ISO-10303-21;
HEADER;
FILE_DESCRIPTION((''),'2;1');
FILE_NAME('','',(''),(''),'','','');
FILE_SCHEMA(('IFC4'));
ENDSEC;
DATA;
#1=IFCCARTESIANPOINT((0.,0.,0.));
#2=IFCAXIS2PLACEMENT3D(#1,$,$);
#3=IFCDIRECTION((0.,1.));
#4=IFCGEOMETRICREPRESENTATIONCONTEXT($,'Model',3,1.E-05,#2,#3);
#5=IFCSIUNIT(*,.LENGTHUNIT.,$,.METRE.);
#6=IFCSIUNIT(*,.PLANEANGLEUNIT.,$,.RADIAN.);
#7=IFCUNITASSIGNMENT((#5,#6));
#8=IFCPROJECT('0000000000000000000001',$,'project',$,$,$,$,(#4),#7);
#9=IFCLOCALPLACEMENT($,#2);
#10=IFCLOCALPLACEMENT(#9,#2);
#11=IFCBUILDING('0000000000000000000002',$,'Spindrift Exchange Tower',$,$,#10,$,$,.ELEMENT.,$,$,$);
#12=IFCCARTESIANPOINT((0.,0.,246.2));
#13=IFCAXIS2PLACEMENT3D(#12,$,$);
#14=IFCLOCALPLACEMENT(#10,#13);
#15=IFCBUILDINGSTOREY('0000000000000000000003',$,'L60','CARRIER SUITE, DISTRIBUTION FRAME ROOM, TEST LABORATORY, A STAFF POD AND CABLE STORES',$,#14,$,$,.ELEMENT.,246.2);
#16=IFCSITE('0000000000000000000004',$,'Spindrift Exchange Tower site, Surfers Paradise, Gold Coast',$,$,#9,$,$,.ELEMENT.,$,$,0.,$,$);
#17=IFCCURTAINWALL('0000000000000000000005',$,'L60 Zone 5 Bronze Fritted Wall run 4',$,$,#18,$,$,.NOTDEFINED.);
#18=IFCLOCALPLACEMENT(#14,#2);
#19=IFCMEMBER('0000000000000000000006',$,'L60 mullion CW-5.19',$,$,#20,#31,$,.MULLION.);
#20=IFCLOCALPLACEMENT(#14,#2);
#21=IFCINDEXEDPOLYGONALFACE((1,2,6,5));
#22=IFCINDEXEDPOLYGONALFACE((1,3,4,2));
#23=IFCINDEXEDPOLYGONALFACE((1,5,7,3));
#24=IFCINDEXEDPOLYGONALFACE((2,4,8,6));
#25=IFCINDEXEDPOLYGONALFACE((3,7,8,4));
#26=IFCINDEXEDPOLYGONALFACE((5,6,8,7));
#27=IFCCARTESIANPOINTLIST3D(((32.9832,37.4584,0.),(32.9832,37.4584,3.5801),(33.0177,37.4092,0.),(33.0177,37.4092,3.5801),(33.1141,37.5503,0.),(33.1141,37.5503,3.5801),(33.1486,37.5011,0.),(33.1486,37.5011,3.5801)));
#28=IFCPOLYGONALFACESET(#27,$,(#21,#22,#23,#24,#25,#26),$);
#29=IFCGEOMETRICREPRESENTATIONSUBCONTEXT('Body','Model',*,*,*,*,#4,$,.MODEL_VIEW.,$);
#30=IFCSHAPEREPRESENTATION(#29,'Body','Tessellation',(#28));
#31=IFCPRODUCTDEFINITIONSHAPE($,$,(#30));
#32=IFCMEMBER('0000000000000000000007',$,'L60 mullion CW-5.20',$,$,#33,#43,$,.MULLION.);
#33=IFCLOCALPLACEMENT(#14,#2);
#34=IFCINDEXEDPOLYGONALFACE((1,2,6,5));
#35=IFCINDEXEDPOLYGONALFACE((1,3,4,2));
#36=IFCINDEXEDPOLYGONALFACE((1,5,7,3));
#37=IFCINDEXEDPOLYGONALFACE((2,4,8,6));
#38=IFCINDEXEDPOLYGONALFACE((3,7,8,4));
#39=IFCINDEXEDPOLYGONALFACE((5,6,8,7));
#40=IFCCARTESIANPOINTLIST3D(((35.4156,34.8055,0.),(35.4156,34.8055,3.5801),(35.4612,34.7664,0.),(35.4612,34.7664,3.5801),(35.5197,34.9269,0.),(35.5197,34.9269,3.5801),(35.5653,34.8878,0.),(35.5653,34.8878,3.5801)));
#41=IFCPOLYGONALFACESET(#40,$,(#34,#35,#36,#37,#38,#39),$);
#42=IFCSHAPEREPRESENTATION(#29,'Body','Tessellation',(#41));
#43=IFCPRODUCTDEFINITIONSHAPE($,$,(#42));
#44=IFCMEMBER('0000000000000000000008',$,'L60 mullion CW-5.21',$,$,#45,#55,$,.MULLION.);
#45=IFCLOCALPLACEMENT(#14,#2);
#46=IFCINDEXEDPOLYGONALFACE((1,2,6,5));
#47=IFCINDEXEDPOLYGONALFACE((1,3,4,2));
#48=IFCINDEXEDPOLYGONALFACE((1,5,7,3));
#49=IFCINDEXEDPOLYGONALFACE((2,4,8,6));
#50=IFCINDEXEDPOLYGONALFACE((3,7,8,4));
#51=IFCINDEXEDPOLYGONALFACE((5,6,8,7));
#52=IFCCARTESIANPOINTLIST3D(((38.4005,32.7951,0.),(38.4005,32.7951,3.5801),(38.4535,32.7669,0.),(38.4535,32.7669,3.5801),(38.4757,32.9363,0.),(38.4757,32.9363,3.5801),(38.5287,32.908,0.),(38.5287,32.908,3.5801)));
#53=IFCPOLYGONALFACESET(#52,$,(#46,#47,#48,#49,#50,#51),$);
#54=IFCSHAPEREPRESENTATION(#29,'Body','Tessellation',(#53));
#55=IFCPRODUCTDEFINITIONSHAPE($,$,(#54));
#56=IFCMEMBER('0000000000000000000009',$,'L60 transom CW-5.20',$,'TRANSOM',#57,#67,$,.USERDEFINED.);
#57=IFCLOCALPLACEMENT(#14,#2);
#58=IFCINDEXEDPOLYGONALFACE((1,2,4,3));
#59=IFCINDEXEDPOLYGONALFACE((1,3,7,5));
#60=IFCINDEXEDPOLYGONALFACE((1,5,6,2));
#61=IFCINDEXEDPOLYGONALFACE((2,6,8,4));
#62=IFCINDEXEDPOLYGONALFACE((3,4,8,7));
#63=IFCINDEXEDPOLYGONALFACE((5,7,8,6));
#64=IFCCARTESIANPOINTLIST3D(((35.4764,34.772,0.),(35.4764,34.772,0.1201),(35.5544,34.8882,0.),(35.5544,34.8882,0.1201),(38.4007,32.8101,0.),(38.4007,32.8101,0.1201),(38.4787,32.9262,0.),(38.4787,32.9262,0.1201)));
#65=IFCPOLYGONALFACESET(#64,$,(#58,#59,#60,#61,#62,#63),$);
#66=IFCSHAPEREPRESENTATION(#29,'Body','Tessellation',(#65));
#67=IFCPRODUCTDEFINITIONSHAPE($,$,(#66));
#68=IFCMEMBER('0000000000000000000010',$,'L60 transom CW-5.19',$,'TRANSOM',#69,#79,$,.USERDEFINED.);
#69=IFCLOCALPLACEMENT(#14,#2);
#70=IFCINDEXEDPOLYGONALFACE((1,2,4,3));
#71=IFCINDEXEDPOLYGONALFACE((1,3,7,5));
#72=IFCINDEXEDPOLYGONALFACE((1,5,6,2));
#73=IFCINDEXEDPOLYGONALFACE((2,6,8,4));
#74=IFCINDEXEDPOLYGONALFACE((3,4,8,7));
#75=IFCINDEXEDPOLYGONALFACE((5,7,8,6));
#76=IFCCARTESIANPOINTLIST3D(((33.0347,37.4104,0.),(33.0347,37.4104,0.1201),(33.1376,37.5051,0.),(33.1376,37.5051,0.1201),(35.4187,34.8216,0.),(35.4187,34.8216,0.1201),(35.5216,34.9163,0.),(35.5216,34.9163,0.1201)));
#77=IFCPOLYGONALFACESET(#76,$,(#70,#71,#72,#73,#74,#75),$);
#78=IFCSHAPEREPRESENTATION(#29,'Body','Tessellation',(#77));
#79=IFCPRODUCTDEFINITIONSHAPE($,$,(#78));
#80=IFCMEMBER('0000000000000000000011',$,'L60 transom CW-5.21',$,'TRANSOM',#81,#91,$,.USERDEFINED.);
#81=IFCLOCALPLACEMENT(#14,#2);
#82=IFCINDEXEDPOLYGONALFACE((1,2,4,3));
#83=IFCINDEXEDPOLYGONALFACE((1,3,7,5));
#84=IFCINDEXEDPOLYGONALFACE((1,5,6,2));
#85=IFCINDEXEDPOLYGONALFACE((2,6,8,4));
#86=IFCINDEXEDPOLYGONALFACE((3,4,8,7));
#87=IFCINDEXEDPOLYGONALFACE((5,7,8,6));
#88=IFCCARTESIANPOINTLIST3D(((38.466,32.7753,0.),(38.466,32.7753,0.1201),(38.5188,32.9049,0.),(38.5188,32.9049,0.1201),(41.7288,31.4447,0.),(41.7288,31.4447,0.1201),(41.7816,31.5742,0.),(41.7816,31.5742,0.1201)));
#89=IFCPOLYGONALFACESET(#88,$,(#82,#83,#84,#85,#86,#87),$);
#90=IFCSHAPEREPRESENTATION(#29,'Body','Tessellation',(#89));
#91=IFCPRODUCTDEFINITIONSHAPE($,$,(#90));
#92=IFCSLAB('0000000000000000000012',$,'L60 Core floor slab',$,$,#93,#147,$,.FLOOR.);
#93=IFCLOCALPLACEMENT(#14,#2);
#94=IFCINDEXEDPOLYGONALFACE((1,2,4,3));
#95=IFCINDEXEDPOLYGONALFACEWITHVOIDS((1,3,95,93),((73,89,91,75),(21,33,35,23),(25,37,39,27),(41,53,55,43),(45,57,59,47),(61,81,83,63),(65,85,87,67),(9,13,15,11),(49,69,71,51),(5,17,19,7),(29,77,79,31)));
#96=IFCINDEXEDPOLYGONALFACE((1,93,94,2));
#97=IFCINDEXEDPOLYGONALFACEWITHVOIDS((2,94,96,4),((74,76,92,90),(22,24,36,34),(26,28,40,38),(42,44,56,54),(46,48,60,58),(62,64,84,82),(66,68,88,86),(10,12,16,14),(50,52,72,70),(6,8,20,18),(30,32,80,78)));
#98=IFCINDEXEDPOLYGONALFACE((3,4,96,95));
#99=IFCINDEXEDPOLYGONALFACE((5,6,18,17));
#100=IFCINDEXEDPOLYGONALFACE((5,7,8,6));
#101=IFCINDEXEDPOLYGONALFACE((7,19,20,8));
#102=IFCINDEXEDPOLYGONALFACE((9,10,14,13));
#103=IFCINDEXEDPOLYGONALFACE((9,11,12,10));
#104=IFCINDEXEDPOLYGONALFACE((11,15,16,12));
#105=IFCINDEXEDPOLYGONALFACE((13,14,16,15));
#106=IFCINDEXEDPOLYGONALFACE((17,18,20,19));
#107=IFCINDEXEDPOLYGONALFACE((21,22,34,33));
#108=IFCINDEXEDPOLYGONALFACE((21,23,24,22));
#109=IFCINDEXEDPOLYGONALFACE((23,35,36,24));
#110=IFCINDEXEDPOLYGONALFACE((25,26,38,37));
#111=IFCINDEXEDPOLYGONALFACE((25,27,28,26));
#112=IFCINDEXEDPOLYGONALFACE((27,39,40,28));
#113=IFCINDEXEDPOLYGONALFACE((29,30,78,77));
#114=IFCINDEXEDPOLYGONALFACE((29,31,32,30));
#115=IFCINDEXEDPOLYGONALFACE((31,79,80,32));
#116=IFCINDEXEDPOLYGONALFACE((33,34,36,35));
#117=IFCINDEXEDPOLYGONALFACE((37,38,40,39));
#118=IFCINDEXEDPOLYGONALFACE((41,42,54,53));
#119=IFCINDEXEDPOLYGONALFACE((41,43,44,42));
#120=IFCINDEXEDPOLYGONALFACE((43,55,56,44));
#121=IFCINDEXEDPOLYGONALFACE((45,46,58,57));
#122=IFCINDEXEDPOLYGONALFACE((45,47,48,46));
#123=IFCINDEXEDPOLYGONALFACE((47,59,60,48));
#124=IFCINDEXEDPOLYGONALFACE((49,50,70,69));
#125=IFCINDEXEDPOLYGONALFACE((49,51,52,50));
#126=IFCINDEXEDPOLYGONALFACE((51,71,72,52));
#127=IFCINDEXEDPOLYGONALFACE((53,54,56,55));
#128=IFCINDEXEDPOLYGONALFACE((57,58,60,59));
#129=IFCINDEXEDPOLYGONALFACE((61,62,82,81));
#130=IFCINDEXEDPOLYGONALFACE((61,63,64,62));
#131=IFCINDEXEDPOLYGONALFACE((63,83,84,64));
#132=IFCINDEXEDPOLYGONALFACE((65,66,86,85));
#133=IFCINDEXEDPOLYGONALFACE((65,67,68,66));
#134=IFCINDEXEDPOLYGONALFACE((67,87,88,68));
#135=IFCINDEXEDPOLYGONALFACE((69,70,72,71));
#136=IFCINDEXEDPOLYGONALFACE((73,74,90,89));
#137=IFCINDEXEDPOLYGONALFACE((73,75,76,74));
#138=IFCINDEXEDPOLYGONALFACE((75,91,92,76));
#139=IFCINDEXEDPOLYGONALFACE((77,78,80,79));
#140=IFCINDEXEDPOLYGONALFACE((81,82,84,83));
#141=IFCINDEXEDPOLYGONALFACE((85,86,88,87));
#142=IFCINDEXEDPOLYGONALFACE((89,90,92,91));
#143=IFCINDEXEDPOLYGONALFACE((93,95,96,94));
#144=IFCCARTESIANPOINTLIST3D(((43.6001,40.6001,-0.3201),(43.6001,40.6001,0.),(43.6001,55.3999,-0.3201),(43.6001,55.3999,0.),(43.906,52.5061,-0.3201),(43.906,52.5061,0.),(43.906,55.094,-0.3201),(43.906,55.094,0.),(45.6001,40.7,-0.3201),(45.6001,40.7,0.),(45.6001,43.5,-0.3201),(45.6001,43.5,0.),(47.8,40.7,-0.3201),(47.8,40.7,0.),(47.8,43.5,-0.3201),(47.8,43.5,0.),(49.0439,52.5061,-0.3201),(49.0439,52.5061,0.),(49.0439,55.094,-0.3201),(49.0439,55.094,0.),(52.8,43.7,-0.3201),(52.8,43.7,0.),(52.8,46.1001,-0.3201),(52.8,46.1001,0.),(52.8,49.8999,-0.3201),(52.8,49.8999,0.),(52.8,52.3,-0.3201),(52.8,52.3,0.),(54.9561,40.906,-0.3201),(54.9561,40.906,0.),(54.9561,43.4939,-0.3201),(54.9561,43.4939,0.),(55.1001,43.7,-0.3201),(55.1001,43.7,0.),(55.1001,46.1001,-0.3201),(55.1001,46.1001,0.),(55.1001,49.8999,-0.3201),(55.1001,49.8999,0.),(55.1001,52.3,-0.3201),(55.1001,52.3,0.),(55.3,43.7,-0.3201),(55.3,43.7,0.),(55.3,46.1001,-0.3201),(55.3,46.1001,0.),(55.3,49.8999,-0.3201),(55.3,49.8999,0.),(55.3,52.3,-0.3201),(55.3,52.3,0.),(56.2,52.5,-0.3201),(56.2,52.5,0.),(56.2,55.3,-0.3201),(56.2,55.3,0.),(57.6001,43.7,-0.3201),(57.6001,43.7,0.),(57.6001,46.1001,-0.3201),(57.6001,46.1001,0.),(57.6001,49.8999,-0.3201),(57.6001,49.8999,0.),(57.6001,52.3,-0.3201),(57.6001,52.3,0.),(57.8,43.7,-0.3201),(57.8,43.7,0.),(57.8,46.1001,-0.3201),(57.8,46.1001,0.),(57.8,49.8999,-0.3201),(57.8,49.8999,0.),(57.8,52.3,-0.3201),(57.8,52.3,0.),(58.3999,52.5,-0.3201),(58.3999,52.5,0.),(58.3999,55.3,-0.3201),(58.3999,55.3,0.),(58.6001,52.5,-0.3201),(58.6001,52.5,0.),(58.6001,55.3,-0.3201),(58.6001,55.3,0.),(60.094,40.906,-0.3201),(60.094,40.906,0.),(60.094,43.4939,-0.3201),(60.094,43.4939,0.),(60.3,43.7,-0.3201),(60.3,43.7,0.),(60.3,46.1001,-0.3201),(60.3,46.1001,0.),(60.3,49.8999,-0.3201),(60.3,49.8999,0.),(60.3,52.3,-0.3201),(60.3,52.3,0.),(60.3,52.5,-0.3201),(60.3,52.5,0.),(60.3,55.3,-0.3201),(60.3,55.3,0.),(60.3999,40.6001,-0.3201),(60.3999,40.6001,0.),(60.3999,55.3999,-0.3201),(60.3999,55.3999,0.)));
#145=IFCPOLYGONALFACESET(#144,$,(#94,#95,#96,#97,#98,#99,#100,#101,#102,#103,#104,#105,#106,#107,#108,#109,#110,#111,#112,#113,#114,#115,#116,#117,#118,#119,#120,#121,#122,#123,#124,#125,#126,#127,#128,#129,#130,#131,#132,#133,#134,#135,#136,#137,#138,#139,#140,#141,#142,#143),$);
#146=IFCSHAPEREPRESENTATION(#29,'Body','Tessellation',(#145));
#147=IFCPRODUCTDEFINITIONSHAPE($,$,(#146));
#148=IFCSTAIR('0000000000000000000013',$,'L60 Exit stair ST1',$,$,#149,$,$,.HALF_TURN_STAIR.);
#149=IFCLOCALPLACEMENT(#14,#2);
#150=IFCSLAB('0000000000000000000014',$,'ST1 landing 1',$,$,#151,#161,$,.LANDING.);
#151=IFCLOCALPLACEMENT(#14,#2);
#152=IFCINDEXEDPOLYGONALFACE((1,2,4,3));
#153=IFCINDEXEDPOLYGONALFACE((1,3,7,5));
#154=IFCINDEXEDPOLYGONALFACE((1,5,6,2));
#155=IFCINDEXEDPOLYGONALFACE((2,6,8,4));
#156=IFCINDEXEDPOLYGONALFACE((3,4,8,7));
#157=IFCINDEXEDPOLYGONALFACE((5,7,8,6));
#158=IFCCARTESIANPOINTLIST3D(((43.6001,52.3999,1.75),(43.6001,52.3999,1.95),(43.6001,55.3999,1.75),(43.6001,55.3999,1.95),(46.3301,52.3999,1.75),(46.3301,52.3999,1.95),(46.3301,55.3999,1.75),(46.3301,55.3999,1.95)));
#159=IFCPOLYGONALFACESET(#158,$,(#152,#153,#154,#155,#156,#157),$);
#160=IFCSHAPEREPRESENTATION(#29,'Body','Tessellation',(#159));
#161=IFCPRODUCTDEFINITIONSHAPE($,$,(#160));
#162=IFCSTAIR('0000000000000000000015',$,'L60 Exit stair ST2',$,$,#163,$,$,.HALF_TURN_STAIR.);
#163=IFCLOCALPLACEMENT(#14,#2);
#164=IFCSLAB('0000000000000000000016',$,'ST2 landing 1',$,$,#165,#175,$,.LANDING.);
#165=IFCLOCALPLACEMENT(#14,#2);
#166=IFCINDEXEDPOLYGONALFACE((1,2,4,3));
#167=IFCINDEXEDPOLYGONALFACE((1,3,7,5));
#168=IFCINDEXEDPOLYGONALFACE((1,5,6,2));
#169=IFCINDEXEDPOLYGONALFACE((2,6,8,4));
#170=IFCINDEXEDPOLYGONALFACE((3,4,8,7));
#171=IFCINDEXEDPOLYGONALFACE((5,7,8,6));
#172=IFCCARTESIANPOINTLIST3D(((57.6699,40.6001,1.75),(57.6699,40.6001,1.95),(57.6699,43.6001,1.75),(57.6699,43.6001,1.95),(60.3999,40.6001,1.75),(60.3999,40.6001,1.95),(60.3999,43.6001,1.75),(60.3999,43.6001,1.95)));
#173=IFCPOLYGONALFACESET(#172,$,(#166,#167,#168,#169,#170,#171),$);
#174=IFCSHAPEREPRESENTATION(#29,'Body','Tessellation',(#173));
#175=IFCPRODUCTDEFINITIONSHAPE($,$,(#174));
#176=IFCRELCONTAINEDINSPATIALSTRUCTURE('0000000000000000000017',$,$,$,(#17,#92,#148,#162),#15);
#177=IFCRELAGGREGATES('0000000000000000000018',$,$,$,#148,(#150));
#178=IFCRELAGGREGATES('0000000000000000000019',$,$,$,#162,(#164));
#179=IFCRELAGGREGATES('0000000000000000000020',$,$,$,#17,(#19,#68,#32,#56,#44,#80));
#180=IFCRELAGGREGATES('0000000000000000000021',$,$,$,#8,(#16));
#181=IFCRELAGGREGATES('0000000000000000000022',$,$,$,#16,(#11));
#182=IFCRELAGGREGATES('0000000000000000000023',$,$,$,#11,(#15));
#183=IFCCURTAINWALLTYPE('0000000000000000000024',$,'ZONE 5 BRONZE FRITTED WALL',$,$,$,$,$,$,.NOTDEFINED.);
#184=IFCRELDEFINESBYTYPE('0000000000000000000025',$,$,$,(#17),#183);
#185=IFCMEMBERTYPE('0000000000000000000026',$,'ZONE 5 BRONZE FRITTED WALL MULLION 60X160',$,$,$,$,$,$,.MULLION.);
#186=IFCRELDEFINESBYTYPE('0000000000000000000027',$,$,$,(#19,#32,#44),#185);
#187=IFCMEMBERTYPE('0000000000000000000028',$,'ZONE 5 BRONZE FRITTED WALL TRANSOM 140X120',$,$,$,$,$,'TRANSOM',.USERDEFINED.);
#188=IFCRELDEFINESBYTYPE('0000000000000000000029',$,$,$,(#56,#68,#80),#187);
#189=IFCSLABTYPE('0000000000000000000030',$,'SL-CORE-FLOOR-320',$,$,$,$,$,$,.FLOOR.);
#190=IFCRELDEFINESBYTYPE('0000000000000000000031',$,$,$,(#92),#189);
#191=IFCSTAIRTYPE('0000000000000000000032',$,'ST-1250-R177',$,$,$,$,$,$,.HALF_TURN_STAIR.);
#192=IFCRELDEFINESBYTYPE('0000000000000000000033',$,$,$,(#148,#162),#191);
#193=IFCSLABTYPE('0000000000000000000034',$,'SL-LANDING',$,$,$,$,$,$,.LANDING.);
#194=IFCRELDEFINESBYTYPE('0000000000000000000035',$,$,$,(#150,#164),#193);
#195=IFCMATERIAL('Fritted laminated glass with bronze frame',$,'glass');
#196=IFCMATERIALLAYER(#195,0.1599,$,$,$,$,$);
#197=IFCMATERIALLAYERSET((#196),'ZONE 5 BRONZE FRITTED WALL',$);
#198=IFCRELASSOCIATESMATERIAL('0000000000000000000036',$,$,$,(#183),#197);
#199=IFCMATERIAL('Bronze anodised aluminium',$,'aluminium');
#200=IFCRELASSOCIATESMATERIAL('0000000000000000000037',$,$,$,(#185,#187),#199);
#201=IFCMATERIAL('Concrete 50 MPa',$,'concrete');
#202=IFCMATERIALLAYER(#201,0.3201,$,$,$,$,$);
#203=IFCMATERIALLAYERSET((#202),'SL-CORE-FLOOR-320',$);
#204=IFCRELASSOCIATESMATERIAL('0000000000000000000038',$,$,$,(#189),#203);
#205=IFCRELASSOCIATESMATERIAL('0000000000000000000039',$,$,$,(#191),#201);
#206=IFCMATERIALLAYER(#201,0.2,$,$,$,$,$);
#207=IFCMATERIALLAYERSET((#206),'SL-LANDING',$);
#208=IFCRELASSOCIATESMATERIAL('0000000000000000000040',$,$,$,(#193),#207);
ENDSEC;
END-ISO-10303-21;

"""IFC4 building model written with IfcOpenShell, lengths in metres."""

from ifc_helpers import new_model, si_unit, direction, frame, origin, origin_2d, place, context, subcontext, project, spatial, line, indexed_curve, rectangle, outline, extrude, source, transform, mapped, material, layer, layer_set, material_profile, profile_set, type_object, element, aggregate, save


model = new_model("IFC4")

# Units and contexts
model_context = context("Model", 3, precision=1e-05, world=origin(), true_north=direction((0.0, 1.0)))
body_context = subcontext(model_context, "Body", "Model", "MODEL_VIEW")
ifc_project = project(units=[si_unit("LENGTHUNIT", "METRE"), si_unit("PLANEANGLEUNIT", "RADIAN")], contexts=[model_context])

# Site, building, storey
site_placement = place(None, origin())
site = spatial("IfcSite", under=ifc_project, at=site_placement, Name="Spindrift Exchange Tower site, Surfers Paradise, Gold Coast", CompositionType="ELEMENT", RefElevation=0.0)
building_placement = place(site_placement, origin())
building = spatial("IfcBuilding", under=site, at=building_placement, Name="Spindrift Exchange Tower", CompositionType="ELEMENT")
storey_placement = place(building_placement, frame((0.0, 0.0, 246.2)))
storey = spatial("IfcBuildingStorey", under=building, at=storey_placement, Name="L60", Description="CARRIER SUITE, DISTRIBUTION FRAME ROOM, TEST LABORATORY, A STAFF POD AND CABLE STORES", CompositionType="ELEMENT", Elevation=246.2)

# Curtain wall, members
ifc_material_1 = material(Name="Fritted laminated glass with bronze frame", Category="glass")
ifc_layer_1 = layer(ifc_material_1, 0.1599)
ifc_layer_set_1 = layer_set([ifc_layer_1], Name="ZONE 5 BRONZE FRITTED WALL")
curtain_wall_type = type_object("IfcCurtainWallType", Name="ZONE 5 BRONZE FRITTED WALL", PredefinedType="NOTDEFINED", material=ifc_layer_set_1)
curtain_wall_1_placement = place(storey_placement, origin())
curtain_wall_1 = element("IfcCurtainWall", 1, at=curtain_wall_1_placement, inside=storey, type_object=curtain_wall_type, Name="L60 Zone 5 Bronze Fritted Wall run 4", PredefinedType="NOTDEFINED")
ifc_material_2 = material(Name="Bronze anodised aluminium", Category="aluminium")
ifc_material_profile_1 = material_profile(ifc_material_2, rectangle(XDim=0.0601, YDim=0.1599, at=origin_2d()), Name="ZONE 5 BRONZE FRITTED WALL MULLION 60X160")
ifc_profile_set_1 = profile_set([ifc_material_profile_1], Name="Bronze anodised aluminium")
member_type_1 = type_object("IfcMemberType", Name="ZONE 5 BRONZE FRITTED WALL MULLION 60X160", PredefinedType="MULLION", material=ifc_profile_set_1)
shared_shape_1 = source(origin(), body_context, "Body", "SweptSolid", [
    extrude(rectangle(XDim=0.0601, YDim=0.1599, at=origin_2d()), origin(), (0.0, 0.0, 1.0), 3.5801),
])
member_1_placement = place(storey_placement, frame((33.0659, 37.4797, 0.0), z_axis=(0.0, 0.0, 1.0), x_axis=(0.574783, -0.818306, 0.0)))
member_1 = element("IfcMember", 2, at=member_1_placement, type_object=member_type_1, Name="L60 mullion CW-5.19", PredefinedType="MULLION", context=body_context, shape_type="MappedRepresentation", body=[
    mapped(shared_shape_1, transform((0.0, 0.0, 0.0), scale=1.0)),
])
member_2_placement = place(storey_placement, frame((35.4905, 34.8467, 0.0), z_axis=(0.0, 0.0, 1.0), x_axis=(0.75918, -0.65088, 0.0)))
member_2 = element("IfcMember", 3, at=member_2_placement, type_object=member_type_1, Name="L60 mullion CW-5.20", PredefinedType="MULLION", context=body_context, shape_type="MappedRepresentation", body=[
    mapped(shared_shape_1, transform((0.0, 0.0, 0.0), scale=1.0)),
])
member_3_placement = place(storey_placement, frame((38.4646, 32.8516, 0.0), z_axis=(0.0, 0.0, 1.0), x_axis=(0.88277, -0.469805, 0.0)))
member_3 = element("IfcMember", 4, at=member_3_placement, type_object=member_type_1, Name="L60 mullion CW-5.21", PredefinedType="MULLION", context=body_context, shape_type="MappedRepresentation", body=[
    mapped(shared_shape_1, transform((0.0, 0.0, 0.0), scale=1.0)),
])
ifc_material_profile_2 = material_profile(ifc_material_2, rectangle(XDim=0.1399, YDim=0.1201, at=origin_2d()), Name="ZONE 5 BRONZE FRITTED WALL TRANSOM 140X120")
ifc_profile_set_2 = profile_set([ifc_material_profile_2], Name="Bronze anodised aluminium")
member_type_2 = type_object("IfcMemberType", Name="ZONE 5 BRONZE FRITTED WALL TRANSOM 140X120", ElementType="TRANSOM", PredefinedType="USERDEFINED", material=ifc_profile_set_2)
shared_shape_2 = source(origin(), body_context, "Body", "SweptSolid", [
    extrude(rectangle(XDim=0.1399, YDim=0.1201, at=origin_2d()), origin(), (0.0, 0.0, 1.0), 3.5215),
])
member_4_placement = place(storey_placement, frame((35.5154, 34.8301, 0.0601), z_axis=(0.830426, -0.55713, 0.0), x_axis=(0.55713, 0.830426, 0.0)))
member_4 = element("IfcMember", 5, at=member_4_placement, type_object=member_type_2, Name="L60 transom CW-5.20", ObjectType="TRANSOM", PredefinedType="USERDEFINED", context=body_context, shape_type="MappedRepresentation", body=[
    mapped(shared_shape_2, transform((0.0, 0.0, 0.0), scale=1.0)),
])
shared_shape_3 = source(origin(), body_context, "Body", "SweptSolid", [
    extrude(rectangle(XDim=0.1399, YDim=0.1201, at=origin_2d()), origin(), (0.0, 0.0, 1.0), 3.5193),
])
member_5_placement = place(storey_placement, frame((33.0862, 37.4578, 0.0601), z_axis=(0.677407, -0.735609, 0.0), x_axis=(0.735609, 0.677407, 0.0)))
member_5 = element("IfcMember", 6, at=member_5_placement, type_object=member_type_2, Name="L60 transom CW-5.19", ObjectType="TRANSOM", PredefinedType="USERDEFINED", context=body_context, shape_type="MappedRepresentation", body=[
    mapped(shared_shape_3, transform((0.0, 0.0, 0.0), scale=1.0)),
])
shared_shape_4 = source(origin(), body_context, "Body", "SweptSolid", [
    extrude(rectangle(XDim=0.1399, YDim=0.1201, at=origin_2d()), origin(), (0.0, 0.0, 1.0), 3.5237),
])
member_6_placement = place(storey_placement, frame((38.4924, 32.8401, 0.0601), z_axis=(0.925961, -0.377618, 0.0), x_axis=(0.377618, 0.925961, 0.0)))
member_6 = element("IfcMember", 7, at=member_6_placement, type_object=member_type_2, Name="L60 transom CW-5.21", ObjectType="TRANSOM", PredefinedType="USERDEFINED", context=body_context, shape_type="MappedRepresentation", body=[
    mapped(shared_shape_4, transform((0.0, 0.0, 0.0), scale=1.0)),
])

# Slab
ifc_material_3 = material(Name="Concrete 50 MPa", Category="concrete")
ifc_layer_2 = layer(ifc_material_3, 0.3201)
ifc_layer_set_2 = layer_set([ifc_layer_2], Name="SL-CORE-FLOOR-320")
slab_type_1 = type_object("IfcSlabType", Name="SL-CORE-FLOOR-320", PredefinedType="FLOOR", material=ifc_layer_set_2)
slab_1_placement = place(storey_placement, frame((0.0, 0.0, -0.3201)))
element("IfcSlab", 8, at=slab_1_placement, inside=storey, type_object=slab_type_1, Name="L60 Core floor slab", PredefinedType="FLOOR", context=body_context, shape_type="SweptSolid", body=[
    extrude(outline(indexed_curve([(43.6001, 40.6001), (43.6001, 55.3999), (60.3999, 55.3999), (60.3999, 40.6001)], segments=[line(1, 2, 3, 4, 1)], self_intersect=False), holes=[indexed_curve([(45.6001, 43.5), (45.6001, 40.7), (47.8, 40.7), (47.8, 43.5)], segments=[line(1, 2, 3, 4, 1)], self_intersect=False), indexed_curve([(52.8, 46.1001), (52.8, 43.7), (55.1001, 43.7), (55.1001, 46.1001)], segments=[line(1, 2, 3, 4, 1)], self_intersect=False), indexed_curve([(55.3, 46.1001), (55.3, 43.7), (57.6001, 43.7), (57.6001, 46.1001)], segments=[line(1, 2, 3, 4, 1)], self_intersect=False), indexed_curve([(55.1001, 52.3), (52.8, 52.3), (52.8, 49.8999), (55.1001, 49.8999)], segments=[line(1, 2, 3, 4, 1)], self_intersect=False), indexed_curve([(57.6001, 52.3), (55.3, 52.3), (55.3, 49.8999), (57.6001, 49.8999)], segments=[line(1, 2, 3, 4, 1)], self_intersect=False), indexed_curve([(43.906, 52.5061), (49.0439, 52.5061), (49.0439, 55.094), (43.906, 55.094)], segments=[line(1, 2, 3, 4, 1)], self_intersect=False), indexed_curve([(60.094, 40.906), (60.094, 43.4939), (54.9561, 43.4939), (54.9561, 40.906)], segments=[line(1, 2, 3, 4, 1)], self_intersect=False), indexed_curve([(60.3, 46.1001), (57.8, 46.1001), (57.8, 43.7), (60.3, 43.7)], segments=[line(1, 2, 3, 4, 1)], self_intersect=False), indexed_curve([(57.8, 52.3), (57.8, 49.8999), (60.3, 49.8999), (60.3, 52.3)], segments=[line(1, 2, 3, 4, 1)], self_intersect=False), indexed_curve([(58.3999, 55.3), (56.2, 55.3), (56.2, 52.5), (58.3999, 52.5)], segments=[line(1, 2, 3, 4, 1)], self_intersect=False), indexed_curve([(60.3, 55.3), (58.6001, 55.3), (58.6001, 52.5), (60.3, 52.5)], segments=[line(1, 2, 3, 4, 1)], self_intersect=False)]), origin(), (0.0, 0.0, 1.0), 0.3201),
])

# Stairs, slabs
stair_type = type_object("IfcStairType", Name="ST-1250-R177", PredefinedType="HALF_TURN_STAIR", material=ifc_material_3)
stair_1_placement = place(storey_placement, origin())
stair_1 = element("IfcStair", 9, at=stair_1_placement, inside=storey, type_object=stair_type, Name="L60 Exit stair ST1", PredefinedType="HALF_TURN_STAIR")
ifc_layer_3 = layer(ifc_material_3, 0.2)
ifc_layer_set_3 = layer_set([ifc_layer_3], Name="SL-LANDING")
slab_type_2 = type_object("IfcSlabType", Name="SL-LANDING", PredefinedType="LANDING", material=ifc_layer_set_3)
slab_2_placement = place(storey_placement, frame((0.0, 0.0, 1.75)))
slab_2 = element("IfcSlab", 10, at=slab_2_placement, type_object=slab_type_2, Name="ST1 landing 1", PredefinedType="LANDING", context=body_context, shape_type="SweptSolid", body=[
    extrude(outline(indexed_curve([(46.3301, 52.3999), (43.6001, 52.3999), (43.6001, 55.3999), (46.3301, 55.3999)], segments=[line(1, 2, 3, 4, 1)], self_intersect=False)), origin(), (0.0, 0.0, 1.0), 0.2),
])
aggregate(stair_1, [slab_2])
stair_2_placement = place(storey_placement, origin())
stair_2 = element("IfcStair", 11, at=stair_2_placement, inside=storey, type_object=stair_type, Name="L60 Exit stair ST2", PredefinedType="HALF_TURN_STAIR")
slab_3_placement = place(storey_placement, frame((0.0, 0.0, 1.75)))
slab_3 = element("IfcSlab", 12, at=slab_3_placement, type_object=slab_type_2, Name="ST2 landing 1", PredefinedType="LANDING", context=body_context, shape_type="SweptSolid", body=[
    extrude(outline(indexed_curve([(57.6699, 43.6001), (60.3999, 43.6001), (60.3999, 40.6001), (57.6699, 40.6001)], segments=[line(1, 2, 3, 4, 1)], self_intersect=False)), origin(), (0.0, 0.0, 1.0), 0.2),
])
aggregate(stair_2, [slab_3])

aggregate(curtain_wall_1, [member_1, member_5, member_2, member_4, member_3, member_6])

save(model, "model.ifc")
